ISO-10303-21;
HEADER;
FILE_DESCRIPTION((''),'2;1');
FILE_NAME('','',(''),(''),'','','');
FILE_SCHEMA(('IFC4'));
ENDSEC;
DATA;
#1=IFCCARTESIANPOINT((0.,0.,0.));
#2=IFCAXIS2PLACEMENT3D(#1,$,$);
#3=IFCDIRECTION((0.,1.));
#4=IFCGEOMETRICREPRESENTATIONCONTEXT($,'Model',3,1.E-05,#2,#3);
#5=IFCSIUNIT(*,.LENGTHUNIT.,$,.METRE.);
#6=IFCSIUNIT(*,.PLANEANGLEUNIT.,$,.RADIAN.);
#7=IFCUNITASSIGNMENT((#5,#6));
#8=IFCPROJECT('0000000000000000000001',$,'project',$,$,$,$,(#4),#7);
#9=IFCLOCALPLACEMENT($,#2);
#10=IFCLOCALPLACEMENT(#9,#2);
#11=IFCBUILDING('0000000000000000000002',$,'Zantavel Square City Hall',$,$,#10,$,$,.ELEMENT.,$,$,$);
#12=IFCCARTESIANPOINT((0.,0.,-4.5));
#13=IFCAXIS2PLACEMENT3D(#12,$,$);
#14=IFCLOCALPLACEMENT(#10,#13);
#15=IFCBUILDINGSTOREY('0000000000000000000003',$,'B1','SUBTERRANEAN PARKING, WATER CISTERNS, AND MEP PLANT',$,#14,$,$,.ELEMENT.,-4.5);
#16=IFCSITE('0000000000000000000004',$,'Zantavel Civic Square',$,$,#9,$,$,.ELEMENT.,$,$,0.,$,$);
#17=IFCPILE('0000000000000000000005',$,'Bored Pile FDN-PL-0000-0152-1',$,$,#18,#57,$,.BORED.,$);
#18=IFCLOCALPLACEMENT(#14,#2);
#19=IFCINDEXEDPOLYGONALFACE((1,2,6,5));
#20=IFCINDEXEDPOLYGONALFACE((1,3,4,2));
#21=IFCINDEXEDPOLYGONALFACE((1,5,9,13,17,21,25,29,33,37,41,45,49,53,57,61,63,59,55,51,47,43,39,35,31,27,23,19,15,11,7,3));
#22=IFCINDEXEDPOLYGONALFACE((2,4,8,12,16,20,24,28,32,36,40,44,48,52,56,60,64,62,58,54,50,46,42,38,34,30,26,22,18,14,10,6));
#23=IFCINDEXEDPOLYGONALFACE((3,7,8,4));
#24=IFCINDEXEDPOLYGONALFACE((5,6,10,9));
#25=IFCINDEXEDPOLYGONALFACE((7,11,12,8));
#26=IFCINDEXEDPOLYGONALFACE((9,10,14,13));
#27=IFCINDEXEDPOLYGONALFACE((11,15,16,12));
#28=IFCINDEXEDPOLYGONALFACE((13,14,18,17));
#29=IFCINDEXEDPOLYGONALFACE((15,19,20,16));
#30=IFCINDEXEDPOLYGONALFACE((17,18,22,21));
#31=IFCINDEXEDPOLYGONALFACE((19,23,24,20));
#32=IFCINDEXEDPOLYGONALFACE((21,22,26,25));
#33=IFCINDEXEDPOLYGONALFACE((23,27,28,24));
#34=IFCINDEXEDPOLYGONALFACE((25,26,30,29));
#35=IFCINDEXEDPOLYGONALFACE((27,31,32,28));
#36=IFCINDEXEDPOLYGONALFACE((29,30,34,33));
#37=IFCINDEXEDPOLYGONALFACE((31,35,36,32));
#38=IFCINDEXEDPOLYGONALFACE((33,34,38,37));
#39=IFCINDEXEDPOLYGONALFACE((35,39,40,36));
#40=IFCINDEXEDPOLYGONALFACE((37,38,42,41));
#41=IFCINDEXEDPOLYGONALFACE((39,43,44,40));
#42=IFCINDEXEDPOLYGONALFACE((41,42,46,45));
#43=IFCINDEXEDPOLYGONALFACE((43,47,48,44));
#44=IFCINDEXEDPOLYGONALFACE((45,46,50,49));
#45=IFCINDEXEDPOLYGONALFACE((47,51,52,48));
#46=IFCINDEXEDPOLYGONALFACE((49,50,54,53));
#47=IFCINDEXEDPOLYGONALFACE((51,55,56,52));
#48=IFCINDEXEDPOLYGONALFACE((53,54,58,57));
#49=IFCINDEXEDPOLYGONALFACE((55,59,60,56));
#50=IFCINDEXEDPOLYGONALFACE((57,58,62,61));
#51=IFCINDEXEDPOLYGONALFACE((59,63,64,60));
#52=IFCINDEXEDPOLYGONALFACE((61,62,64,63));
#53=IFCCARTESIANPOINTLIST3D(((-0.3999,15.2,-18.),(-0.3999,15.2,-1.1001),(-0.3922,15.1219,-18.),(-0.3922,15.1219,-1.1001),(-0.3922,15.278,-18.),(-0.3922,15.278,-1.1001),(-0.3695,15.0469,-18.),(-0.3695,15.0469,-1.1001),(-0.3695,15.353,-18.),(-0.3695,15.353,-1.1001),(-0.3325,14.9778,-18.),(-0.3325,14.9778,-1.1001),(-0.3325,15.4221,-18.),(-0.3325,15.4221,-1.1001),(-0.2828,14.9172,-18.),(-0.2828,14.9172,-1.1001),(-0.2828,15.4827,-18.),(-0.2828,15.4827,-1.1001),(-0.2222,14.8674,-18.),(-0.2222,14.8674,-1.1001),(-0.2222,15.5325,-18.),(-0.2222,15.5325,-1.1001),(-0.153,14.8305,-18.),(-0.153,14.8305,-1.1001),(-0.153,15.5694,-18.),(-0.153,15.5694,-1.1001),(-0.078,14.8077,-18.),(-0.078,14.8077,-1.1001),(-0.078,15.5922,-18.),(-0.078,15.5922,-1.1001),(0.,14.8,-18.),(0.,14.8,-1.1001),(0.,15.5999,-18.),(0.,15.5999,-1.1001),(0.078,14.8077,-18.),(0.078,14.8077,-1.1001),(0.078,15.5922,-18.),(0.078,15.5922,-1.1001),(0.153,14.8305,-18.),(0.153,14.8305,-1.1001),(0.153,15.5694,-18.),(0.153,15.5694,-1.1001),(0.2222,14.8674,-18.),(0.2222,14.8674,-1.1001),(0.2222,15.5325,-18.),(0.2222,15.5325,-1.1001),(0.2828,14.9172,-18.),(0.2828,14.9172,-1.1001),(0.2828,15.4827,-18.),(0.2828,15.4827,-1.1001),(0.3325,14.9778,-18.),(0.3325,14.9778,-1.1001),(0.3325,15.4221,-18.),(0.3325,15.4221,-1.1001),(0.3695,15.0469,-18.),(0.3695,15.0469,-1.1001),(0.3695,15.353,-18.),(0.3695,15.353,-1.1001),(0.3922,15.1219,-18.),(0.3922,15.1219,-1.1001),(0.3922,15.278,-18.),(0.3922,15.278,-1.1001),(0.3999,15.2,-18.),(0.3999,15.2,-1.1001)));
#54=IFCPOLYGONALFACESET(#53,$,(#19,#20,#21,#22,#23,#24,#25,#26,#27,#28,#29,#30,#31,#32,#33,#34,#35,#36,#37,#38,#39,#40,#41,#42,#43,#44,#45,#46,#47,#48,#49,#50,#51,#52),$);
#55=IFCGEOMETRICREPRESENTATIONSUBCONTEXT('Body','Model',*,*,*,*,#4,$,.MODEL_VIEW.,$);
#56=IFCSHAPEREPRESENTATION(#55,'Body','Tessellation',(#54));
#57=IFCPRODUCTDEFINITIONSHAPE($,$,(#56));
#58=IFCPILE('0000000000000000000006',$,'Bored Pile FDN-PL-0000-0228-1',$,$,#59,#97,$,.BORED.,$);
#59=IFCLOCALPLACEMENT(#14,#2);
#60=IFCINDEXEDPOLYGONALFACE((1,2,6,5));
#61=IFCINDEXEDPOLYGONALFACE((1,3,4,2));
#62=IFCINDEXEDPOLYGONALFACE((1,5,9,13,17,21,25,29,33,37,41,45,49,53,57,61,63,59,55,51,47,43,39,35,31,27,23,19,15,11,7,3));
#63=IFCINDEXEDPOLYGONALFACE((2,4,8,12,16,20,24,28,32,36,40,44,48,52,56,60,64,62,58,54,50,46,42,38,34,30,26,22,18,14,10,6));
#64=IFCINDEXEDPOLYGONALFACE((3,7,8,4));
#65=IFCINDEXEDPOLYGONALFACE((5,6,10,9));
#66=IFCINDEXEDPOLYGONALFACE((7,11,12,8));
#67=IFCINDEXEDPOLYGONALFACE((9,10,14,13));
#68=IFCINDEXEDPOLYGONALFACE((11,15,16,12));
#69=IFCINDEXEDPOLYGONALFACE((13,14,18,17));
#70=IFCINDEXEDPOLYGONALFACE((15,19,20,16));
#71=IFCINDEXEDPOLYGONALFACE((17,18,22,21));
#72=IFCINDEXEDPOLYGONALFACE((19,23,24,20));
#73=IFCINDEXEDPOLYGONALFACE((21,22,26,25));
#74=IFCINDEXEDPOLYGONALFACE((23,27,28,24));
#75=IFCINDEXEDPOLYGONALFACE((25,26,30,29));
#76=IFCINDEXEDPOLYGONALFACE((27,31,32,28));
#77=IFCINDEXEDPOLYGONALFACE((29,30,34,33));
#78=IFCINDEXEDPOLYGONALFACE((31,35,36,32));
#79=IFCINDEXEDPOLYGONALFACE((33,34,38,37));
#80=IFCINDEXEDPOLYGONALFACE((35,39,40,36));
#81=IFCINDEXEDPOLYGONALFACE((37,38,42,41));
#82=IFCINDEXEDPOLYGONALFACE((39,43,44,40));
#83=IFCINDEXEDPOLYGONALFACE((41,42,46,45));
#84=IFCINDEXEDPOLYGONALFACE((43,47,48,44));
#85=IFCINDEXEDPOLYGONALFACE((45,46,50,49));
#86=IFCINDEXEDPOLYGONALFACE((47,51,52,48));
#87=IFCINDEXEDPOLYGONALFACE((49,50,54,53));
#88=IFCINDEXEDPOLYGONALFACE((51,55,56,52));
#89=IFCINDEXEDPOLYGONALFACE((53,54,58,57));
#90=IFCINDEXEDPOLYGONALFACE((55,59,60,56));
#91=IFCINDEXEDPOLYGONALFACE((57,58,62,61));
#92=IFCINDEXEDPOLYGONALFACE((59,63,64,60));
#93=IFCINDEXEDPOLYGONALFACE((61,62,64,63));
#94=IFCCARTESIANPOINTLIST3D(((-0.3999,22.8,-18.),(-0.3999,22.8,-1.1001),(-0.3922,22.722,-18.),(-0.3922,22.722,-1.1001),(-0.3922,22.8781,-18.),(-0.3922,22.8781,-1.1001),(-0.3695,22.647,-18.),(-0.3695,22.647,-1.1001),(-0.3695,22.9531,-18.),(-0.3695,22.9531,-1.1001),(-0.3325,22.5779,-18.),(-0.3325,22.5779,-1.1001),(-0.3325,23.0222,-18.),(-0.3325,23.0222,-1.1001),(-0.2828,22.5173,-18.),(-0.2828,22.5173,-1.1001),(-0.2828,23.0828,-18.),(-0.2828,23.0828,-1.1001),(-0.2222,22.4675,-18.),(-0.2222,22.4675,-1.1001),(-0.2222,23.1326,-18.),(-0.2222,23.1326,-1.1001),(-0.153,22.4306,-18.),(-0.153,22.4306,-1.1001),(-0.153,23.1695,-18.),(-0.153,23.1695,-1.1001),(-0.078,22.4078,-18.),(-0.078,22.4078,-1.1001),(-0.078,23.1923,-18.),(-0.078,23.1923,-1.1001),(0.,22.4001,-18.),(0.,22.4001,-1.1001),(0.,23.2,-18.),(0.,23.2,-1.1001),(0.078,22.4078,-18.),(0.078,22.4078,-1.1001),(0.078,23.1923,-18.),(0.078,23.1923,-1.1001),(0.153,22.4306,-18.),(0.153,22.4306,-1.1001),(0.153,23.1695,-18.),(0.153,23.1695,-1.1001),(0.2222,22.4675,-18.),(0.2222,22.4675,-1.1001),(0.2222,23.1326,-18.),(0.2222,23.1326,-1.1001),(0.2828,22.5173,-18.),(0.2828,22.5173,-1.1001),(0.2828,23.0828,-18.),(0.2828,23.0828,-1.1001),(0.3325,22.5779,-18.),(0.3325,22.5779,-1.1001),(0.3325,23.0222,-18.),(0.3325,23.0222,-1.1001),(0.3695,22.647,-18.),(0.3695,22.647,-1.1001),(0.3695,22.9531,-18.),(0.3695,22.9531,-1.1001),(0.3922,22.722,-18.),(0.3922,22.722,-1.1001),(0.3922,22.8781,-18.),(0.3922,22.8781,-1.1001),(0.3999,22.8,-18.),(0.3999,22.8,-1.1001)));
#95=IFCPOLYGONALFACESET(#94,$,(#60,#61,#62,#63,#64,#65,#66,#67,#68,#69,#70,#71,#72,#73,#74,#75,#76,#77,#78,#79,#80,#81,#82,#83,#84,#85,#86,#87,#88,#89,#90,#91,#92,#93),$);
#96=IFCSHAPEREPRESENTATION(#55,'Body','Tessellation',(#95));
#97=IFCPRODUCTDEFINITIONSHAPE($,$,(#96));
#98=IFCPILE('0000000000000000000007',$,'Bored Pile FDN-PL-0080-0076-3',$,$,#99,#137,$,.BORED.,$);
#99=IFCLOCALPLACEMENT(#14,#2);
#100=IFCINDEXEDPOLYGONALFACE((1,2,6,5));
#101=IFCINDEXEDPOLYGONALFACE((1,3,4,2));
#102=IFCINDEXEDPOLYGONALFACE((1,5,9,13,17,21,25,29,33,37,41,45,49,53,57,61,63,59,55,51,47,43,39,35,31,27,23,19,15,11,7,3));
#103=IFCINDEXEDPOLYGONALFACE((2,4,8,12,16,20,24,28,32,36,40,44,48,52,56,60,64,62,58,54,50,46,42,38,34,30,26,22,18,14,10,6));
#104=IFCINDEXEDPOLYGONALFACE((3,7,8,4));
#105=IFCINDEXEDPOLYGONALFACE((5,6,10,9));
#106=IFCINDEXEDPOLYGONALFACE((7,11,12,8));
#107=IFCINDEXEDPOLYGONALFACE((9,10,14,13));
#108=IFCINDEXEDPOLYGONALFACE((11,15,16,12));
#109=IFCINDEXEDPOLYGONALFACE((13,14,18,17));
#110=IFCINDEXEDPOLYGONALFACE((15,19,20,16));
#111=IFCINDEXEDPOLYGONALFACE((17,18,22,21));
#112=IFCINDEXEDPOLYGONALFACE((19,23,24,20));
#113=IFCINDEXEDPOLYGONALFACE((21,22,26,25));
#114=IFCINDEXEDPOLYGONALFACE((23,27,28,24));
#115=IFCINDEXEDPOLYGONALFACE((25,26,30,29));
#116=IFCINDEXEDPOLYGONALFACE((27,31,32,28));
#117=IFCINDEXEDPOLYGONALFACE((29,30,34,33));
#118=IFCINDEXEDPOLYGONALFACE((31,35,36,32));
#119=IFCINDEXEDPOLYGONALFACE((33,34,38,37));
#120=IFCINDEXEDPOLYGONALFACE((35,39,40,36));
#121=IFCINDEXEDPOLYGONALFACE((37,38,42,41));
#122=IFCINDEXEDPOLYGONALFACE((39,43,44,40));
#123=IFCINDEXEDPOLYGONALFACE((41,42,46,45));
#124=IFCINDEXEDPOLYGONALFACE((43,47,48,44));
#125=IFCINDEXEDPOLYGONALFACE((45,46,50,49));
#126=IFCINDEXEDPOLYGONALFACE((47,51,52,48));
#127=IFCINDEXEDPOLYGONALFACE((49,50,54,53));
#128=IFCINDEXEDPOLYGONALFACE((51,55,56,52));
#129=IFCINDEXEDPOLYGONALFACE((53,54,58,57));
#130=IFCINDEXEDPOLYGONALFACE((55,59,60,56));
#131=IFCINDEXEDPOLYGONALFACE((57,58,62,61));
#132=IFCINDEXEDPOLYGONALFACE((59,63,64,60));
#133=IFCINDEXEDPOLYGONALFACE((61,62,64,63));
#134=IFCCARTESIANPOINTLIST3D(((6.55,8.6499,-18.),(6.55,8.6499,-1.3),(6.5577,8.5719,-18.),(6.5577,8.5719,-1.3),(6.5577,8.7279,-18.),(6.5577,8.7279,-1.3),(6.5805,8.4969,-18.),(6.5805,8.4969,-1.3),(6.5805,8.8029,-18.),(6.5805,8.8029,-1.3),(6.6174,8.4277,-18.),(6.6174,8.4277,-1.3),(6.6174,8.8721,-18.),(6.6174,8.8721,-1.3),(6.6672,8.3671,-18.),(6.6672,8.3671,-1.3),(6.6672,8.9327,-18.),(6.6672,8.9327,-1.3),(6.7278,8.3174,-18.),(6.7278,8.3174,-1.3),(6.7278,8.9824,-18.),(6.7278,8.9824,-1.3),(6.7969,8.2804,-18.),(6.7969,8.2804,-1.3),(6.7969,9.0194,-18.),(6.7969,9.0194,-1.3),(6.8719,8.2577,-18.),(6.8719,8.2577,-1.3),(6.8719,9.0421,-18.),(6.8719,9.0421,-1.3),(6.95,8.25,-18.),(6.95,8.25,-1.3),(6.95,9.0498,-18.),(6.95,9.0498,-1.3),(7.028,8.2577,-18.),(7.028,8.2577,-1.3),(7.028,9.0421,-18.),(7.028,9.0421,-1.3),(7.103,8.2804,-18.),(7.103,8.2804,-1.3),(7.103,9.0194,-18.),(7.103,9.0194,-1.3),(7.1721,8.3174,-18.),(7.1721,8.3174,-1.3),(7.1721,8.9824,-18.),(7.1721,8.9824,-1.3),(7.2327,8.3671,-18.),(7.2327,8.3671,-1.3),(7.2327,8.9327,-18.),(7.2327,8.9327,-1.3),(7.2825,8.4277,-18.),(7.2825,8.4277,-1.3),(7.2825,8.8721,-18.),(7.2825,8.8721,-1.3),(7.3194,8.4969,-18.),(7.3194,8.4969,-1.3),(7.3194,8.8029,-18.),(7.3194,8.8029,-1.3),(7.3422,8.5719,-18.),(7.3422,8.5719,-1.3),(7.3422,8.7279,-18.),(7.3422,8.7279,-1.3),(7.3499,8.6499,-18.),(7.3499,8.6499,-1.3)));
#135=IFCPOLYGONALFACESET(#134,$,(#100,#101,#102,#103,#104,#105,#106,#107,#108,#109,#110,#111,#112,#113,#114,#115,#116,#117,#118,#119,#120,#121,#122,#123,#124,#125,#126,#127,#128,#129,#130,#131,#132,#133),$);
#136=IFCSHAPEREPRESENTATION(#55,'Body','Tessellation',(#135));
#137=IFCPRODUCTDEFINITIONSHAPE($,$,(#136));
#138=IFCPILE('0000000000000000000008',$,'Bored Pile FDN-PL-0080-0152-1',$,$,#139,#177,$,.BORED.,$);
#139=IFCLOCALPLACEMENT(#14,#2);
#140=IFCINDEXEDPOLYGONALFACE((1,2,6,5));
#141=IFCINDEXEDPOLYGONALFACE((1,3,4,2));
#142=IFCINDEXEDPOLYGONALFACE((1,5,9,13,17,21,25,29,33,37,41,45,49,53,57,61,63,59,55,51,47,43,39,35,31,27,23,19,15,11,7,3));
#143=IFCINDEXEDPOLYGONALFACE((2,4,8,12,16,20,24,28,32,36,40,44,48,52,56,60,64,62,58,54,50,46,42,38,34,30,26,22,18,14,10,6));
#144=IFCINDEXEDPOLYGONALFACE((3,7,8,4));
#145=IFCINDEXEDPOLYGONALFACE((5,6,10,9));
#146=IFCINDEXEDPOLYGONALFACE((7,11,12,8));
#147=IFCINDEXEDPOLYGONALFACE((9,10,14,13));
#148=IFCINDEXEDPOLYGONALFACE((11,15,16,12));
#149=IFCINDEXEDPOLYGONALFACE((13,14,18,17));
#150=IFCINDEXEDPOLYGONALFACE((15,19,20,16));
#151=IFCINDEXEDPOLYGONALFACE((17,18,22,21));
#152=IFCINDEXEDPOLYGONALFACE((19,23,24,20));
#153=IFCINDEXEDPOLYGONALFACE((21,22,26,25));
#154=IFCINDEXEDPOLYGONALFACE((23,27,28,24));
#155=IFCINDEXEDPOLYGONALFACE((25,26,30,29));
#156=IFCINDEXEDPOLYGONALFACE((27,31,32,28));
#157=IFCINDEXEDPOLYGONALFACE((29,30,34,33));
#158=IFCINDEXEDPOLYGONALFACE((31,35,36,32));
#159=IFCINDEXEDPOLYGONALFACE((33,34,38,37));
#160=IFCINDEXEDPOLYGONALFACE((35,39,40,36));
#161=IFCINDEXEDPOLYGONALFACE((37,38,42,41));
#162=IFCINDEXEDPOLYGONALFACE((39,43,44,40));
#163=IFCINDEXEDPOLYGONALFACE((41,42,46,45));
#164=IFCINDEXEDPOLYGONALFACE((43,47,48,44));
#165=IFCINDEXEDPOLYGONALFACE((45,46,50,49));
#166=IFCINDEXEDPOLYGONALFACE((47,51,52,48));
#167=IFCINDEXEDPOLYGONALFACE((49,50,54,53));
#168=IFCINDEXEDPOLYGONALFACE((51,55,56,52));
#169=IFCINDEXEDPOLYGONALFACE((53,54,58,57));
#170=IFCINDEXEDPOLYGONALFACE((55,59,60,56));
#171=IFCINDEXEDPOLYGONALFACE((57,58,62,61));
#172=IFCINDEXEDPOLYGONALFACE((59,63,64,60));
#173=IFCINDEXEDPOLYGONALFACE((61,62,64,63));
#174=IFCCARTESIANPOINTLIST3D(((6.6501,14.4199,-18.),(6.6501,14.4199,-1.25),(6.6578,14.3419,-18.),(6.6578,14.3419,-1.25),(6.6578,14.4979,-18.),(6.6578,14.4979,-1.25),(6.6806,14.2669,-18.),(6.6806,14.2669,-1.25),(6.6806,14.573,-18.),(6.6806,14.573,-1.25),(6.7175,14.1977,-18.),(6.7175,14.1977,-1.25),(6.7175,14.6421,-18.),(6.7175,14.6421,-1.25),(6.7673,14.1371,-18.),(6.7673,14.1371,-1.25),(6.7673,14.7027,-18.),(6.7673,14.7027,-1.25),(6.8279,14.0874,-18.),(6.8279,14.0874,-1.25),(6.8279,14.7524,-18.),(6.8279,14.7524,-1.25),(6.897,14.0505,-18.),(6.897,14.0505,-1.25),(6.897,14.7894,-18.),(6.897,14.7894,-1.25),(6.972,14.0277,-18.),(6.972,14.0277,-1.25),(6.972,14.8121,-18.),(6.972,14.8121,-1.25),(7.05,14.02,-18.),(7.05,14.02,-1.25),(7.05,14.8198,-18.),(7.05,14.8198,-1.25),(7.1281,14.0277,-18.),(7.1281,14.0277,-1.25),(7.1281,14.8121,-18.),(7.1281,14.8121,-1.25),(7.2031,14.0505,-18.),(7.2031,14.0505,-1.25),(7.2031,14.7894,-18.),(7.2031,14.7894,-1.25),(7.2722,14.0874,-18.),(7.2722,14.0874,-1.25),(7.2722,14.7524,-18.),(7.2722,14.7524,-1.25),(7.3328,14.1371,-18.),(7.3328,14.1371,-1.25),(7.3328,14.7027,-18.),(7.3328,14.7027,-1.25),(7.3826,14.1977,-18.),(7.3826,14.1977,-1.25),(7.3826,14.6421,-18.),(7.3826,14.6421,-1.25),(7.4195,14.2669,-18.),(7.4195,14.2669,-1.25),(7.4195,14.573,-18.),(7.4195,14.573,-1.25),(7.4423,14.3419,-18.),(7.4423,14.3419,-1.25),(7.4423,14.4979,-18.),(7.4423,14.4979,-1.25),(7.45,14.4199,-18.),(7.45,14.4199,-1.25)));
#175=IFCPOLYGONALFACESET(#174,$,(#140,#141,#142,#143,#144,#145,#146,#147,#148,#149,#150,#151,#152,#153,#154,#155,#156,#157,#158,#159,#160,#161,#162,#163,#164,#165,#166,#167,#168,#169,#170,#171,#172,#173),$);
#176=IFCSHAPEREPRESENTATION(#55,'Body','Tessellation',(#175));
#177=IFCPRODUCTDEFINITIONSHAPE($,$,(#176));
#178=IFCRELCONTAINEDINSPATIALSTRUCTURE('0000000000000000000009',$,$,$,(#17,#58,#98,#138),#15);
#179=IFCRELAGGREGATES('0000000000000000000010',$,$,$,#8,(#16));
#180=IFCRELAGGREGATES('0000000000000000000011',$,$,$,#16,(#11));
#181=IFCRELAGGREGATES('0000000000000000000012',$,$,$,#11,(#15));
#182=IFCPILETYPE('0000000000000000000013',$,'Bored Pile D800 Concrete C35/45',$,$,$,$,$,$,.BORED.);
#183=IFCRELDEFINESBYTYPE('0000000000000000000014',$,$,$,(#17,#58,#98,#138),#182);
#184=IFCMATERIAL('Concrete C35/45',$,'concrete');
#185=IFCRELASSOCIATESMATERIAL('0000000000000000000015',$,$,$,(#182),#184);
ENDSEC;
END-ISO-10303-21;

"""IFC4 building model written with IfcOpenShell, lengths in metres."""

from ifc_helpers import new_model, si_unit, direction, frame, origin, origin_2d, place, context, subcontext, project, spatial, circle, extrude, material, material_profile, profile_set, type_object, element, save


model = new_model("IFC4")

# Units and contexts
model_context = context("Model", 3, precision=1e-05, world=origin(), true_north=direction((0.0, 1.0)))
body_context = subcontext(model_context, "Body", "Model", "MODEL_VIEW")
ifc_project = project(units=[si_unit("LENGTHUNIT", "METRE"), si_unit("PLANEANGLEUNIT", "RADIAN")], contexts=[model_context])

# Site, building, storey
site_placement = place(None, origin())
site = spatial("IfcSite", under=ifc_project, at=site_placement, Name="Zantavel Civic Square", CompositionType="ELEMENT", RefElevation=0.0)
building_placement = place(site_placement, origin())
building = spatial("IfcBuilding", under=site, at=building_placement, Name="Zantavel Square City Hall", CompositionType="ELEMENT")
storey_placement = place(building_placement, frame((0.0, 0.0, -4.5)))
storey = spatial("IfcBuildingStorey", under=building, at=storey_placement, Name="B1", Description="SUBTERRANEAN PARKING, WATER CISTERNS, AND MEP PLANT", CompositionType="ELEMENT", Elevation=-4.5)

# Piles
ifc_material_1 = material(Name="Concrete C35/45", Category="concrete")
ifc_material_profile_1 = material_profile(ifc_material_1, circle(Radius=0.3999, at=origin_2d()), Name="PILE D800")
ifc_profile_set_1 = profile_set([ifc_material_profile_1], Name="Concrete C35/45")
pile_type = type_object("IfcPileType", Name="Bored Pile D800 Concrete C35/45", PredefinedType="BORED", material=ifc_profile_set_1)
for number, where, z_axis, x_axis, name in (
    (1, (0.0, 15.2, -1.1001), (0.0, 0.0, -1.0), (1.0, 0.0, 0.0), "Bored Pile FDN-PL-0000-0152-1"),
    (2, (0.0, 22.8, -1.1001), (0.0, 0.0, -1.0), (1.0, 0.0, 0.0), "Bored Pile FDN-PL-0000-0228-1"),
):
    element("IfcPile", number, at=place(storey_placement, frame(where, z_axis=z_axis, x_axis=x_axis)), inside=storey, type_object=pile_type, Name=name, PredefinedType="BORED", context=body_context, shape_type="SweptSolid", body=[
        extrude(circle(Radius=0.3999, at=origin_2d()), origin(), (0.0, 0.0, 1.0), 16.8999),
    ])
pile_1_placement = place(storey_placement, frame((6.95, 8.6499, -1.3), z_axis=(0.0, 0.0, -1.0), x_axis=(1.0, 0.0, 0.0)))
element("IfcPile", 3, at=pile_1_placement, inside=storey, type_object=pile_type, Name="Bored Pile FDN-PL-0080-0076-3", PredefinedType="BORED", context=body_context, shape_type="SweptSolid", body=[
    extrude(circle(Radius=0.3999, at=origin_2d()), origin(), (0.0, 0.0, 1.0), 16.7),
])
for number, where, z_axis, x_axis, name in (
    (4, (7.05, 14.4199, -1.25), (0.0, 0.0, -1.0), (1.0, 0.0, 0.0), "Bored Pile FDN-PL-0080-0152-1"),
):
    element("IfcPile", number, at=place(storey_placement, frame(where, z_axis=z_axis, x_axis=x_axis)), inside=storey, type_object=pile_type, Name=name, PredefinedType="BORED", context=body_context, shape_type="SweptSolid", body=[
        extrude(circle(Radius=0.3999, at=origin_2d()), origin(), (0.0, 0.0, 1.0), 16.75),
    ])

save(model, "model.ifc")
